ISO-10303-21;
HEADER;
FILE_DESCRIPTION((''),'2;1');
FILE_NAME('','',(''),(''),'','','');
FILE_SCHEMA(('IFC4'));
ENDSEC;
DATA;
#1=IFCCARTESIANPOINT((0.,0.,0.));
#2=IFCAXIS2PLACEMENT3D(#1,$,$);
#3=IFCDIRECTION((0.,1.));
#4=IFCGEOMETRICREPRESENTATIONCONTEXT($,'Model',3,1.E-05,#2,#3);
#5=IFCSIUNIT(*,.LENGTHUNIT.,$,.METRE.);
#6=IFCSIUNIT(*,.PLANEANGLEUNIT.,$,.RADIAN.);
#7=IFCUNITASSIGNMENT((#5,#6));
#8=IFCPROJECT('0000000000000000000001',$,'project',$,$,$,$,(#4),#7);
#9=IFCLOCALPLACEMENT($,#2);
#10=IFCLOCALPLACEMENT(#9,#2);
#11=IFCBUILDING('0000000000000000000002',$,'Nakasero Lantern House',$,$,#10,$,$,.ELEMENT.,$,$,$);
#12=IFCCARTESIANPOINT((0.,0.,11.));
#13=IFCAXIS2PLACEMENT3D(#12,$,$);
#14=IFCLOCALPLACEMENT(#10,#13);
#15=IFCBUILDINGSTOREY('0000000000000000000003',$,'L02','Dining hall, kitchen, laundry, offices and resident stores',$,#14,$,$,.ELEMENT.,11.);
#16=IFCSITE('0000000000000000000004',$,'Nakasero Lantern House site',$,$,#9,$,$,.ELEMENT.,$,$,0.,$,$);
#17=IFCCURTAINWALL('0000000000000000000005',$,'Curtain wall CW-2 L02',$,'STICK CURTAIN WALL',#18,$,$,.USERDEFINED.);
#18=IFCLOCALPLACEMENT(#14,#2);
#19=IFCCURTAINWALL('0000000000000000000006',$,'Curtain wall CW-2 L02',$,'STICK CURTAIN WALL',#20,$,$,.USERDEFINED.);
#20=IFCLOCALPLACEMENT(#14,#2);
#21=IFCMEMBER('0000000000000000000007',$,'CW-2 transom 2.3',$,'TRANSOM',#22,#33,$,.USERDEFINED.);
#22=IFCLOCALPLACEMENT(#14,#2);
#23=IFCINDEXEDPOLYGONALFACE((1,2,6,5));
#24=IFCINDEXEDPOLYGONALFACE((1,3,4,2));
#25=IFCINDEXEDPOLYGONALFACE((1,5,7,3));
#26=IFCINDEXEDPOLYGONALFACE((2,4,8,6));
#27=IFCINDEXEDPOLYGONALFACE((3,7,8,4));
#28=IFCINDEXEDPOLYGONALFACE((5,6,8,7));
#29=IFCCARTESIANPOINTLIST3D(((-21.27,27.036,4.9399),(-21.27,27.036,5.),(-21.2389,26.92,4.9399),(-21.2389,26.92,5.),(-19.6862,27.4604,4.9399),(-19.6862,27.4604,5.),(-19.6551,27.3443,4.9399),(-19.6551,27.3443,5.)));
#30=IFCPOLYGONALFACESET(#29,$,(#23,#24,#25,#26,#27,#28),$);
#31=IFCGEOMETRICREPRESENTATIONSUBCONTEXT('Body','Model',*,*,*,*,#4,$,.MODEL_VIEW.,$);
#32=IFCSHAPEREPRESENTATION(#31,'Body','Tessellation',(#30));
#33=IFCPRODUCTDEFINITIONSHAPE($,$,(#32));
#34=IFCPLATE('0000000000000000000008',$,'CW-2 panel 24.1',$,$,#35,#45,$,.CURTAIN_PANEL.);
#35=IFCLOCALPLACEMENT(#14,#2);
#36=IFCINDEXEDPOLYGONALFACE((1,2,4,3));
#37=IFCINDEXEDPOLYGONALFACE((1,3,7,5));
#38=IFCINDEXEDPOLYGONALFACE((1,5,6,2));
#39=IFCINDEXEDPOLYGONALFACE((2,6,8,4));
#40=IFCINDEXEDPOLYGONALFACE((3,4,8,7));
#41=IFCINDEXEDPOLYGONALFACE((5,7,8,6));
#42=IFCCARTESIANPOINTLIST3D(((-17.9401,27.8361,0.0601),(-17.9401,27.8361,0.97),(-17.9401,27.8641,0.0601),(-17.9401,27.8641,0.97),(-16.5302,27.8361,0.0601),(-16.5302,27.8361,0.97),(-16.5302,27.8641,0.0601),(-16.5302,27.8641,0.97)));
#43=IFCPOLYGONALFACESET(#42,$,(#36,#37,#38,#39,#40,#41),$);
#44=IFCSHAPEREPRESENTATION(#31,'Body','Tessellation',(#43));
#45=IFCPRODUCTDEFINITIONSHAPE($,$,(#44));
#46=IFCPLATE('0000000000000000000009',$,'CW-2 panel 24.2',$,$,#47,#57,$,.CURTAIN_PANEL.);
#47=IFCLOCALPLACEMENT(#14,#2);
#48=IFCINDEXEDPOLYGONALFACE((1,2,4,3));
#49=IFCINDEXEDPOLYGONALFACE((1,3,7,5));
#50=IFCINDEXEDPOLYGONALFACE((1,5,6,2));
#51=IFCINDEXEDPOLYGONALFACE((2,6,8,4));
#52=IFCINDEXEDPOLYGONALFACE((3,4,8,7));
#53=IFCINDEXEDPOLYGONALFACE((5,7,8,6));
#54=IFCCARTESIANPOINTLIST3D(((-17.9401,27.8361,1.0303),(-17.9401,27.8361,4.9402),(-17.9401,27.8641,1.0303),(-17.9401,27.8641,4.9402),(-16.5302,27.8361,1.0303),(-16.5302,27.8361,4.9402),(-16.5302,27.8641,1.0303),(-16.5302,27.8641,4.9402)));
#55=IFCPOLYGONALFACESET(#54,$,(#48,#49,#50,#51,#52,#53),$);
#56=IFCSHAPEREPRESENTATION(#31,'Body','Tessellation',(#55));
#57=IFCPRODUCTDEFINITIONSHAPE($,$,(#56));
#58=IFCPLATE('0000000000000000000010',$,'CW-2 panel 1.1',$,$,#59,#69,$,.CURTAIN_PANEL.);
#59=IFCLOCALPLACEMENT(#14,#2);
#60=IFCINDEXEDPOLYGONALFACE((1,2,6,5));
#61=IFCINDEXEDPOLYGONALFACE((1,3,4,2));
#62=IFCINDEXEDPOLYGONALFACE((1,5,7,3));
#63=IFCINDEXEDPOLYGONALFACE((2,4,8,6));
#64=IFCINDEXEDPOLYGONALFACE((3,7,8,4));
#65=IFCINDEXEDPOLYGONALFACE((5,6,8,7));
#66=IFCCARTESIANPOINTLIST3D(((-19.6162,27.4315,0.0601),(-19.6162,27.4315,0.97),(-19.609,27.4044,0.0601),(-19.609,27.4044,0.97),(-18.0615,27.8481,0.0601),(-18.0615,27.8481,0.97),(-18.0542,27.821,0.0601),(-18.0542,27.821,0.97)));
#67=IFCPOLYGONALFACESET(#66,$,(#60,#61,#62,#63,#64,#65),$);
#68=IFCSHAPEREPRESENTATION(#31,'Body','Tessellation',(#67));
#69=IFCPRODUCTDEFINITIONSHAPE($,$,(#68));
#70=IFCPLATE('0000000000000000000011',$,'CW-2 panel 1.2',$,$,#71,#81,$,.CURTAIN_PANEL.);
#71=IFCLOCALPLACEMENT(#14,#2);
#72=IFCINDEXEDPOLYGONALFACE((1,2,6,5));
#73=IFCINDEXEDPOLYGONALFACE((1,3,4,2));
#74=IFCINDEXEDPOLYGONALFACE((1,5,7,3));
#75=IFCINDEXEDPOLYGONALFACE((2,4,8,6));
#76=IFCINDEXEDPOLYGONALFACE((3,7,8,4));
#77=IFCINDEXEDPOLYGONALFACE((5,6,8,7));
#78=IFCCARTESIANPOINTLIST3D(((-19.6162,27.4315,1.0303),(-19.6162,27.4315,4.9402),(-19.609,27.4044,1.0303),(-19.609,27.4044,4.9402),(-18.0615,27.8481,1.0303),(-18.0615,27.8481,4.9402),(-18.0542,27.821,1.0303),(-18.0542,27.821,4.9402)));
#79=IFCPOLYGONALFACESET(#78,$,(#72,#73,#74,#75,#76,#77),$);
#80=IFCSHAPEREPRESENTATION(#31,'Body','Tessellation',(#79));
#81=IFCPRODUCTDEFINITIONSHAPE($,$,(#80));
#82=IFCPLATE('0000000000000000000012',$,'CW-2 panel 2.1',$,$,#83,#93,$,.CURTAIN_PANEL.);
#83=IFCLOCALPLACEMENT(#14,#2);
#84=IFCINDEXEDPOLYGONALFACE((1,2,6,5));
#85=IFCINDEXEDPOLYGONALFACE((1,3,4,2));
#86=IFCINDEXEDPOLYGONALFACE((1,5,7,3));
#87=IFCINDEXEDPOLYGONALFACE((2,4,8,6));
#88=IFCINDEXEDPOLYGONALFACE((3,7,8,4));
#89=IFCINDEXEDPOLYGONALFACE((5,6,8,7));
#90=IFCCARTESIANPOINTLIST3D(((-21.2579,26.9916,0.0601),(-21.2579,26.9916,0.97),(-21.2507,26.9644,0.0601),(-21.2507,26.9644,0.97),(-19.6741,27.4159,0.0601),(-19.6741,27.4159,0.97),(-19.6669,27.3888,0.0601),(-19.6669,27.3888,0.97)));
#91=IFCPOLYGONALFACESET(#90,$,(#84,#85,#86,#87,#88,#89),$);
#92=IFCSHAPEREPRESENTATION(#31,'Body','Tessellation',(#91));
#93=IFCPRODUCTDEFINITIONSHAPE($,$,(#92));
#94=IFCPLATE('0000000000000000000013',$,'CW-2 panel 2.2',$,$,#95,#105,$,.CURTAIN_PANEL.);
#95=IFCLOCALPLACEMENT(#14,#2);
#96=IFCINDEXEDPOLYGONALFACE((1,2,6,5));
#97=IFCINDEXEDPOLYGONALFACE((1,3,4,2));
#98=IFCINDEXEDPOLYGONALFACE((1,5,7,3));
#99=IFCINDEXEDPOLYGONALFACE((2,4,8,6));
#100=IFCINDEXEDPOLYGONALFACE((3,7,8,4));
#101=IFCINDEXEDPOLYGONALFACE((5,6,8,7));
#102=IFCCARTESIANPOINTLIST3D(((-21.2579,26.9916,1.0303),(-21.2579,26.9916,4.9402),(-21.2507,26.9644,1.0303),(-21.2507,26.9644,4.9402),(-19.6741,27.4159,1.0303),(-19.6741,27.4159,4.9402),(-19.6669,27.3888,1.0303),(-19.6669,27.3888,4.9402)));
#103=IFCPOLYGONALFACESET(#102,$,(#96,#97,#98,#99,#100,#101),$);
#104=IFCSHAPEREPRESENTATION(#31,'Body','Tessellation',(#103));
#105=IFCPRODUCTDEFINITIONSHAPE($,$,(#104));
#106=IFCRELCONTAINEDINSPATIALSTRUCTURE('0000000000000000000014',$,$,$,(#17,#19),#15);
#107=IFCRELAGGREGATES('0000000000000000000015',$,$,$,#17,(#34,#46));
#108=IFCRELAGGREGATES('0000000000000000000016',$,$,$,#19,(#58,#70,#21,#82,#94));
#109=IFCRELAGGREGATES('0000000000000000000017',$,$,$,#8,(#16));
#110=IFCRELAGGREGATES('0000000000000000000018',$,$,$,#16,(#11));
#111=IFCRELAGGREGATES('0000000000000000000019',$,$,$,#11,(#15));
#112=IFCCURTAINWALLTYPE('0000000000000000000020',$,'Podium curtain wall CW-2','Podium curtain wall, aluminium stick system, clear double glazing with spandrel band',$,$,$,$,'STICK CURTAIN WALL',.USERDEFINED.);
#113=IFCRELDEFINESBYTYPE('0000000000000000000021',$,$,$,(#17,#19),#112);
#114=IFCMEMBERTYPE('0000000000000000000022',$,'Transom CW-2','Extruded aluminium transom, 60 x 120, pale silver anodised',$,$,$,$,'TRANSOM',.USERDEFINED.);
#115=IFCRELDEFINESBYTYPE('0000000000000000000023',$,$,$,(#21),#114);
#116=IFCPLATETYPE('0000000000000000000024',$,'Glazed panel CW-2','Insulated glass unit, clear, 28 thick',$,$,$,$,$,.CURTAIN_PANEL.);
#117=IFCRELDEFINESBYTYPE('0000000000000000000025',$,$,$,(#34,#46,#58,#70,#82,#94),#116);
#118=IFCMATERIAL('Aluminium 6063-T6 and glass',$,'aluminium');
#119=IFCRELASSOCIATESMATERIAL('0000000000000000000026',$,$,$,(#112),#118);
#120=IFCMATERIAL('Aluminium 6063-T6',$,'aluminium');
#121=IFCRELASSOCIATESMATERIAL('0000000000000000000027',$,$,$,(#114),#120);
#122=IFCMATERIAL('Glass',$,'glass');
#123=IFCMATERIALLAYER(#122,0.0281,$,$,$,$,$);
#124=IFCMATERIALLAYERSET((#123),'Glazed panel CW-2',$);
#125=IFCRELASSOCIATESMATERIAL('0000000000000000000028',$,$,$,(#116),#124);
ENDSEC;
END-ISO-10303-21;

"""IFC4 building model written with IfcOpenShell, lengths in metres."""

from ifc_helpers import new_model, si_unit, direction, frame, origin, origin_2d, place, context, subcontext, project, spatial, rectangle, extrude, material, layer, layer_set, material_profile, profile_set, type_object, element, aggregate, save


model = new_model("IFC4")

# Units and contexts
model_context = context("Model", 3, precision=1e-05, world=origin(), true_north=direction((0.0, 1.0)))
body_context = subcontext(model_context, "Body", "Model", "MODEL_VIEW")
ifc_project = project(units=[si_unit("LENGTHUNIT", "METRE"), si_unit("PLANEANGLEUNIT", "RADIAN")], contexts=[model_context])

# Site, building, storey
site_placement = place(None, origin())
site = spatial("IfcSite", under=ifc_project, at=site_placement, Name="Nakasero Lantern House site", CompositionType="ELEMENT", RefElevation=0.0)
building_placement = place(site_placement, origin())
building = spatial("IfcBuilding", under=site, at=building_placement, Name="Nakasero Lantern House", CompositionType="ELEMENT")
storey_placement = place(building_placement, frame((0.0, 0.0, 11.0)))
storey = spatial("IfcBuildingStorey", under=building, at=storey_placement, Name="L02", Description="Dining hall, kitchen, laundry, offices and resident stores", CompositionType="ELEMENT", Elevation=11.0)

# Curtain wall
ifc_material_1 = material(Name="Aluminium 6063-T6 and glass", Category="aluminium")
curtain_wall_type = type_object("IfcCurtainWallType", Name="Podium curtain wall CW-2", Description="Podium curtain wall, aluminium stick system, clear double glazing with spandrel band", ElementType="STICK CURTAIN WALL", PredefinedType="USERDEFINED", material=ifc_material_1)
curtain_wall_1_placement = place(storey_placement, origin())
curtain_wall_1 = element("IfcCurtainWall", 1, at=curtain_wall_1_placement, inside=storey, type_object=curtain_wall_type, Name="Curtain wall CW-2 L02", ObjectType="STICK CURTAIN WALL", PredefinedType="USERDEFINED")

# Curtain wall
curtain_wall_2_placement = place(storey_placement, origin())
curtain_wall_2 = element("IfcCurtainWall", 2, at=curtain_wall_2_placement, inside=storey, type_object=curtain_wall_type, Name="Curtain wall CW-2 L02", ObjectType="STICK CURTAIN WALL", PredefinedType="USERDEFINED")

# Member
ifc_material_2 = material(Name="Aluminium 6063-T6", Category="aluminium")
ifc_material_profile_1 = material_profile(ifc_material_2, rectangle(XDim=0.0601, YDim=0.1201, at=origin_2d()), Name="CW-2 transom 60x120")
ifc_profile_set_1 = profile_set([ifc_material_profile_1], Name="Aluminium 6063-T6")
member_type_1 = type_object("IfcMemberType", Name="Transom CW-2", Description="Extruded aluminium transom, 60 x 120, pale silver anodised", ElementType="TRANSOM", PredefinedType="USERDEFINED", material=ifc_profile_set_1)
member_1_placement = place(storey_placement, frame((-19.6707, 27.4023, 4.97), z_axis=(-0.965933, -0.258793, 0.0), x_axis=(0.0, 0.0, 1.0)))
member_1 = element("IfcMember", 3, at=member_1_placement, type_object=member_type_1, Name="CW-2 transom 2.3", ObjectType="TRANSOM", PredefinedType="USERDEFINED", context=body_context, shape_type="SweptSolid", body=[
    extrude(rectangle(XDim=0.0601, YDim=0.1201, at=origin_2d()), origin(), (0.0, 0.0, 1.0), 1.6396),
])

# Plates
ifc_material_3 = material(Name="Glass", Category="glass")
ifc_layer = layer(ifc_material_3, 0.0281)
ifc_layer_set = layer_set([ifc_layer], Name="Glazed panel CW-2")
plate_type = type_object("IfcPlateType", Name="Glazed panel CW-2", Description="Insulated glass unit, clear, 28 thick", PredefinedType="CURTAIN_PANEL", material=ifc_layer_set)
plate_1_placement = place(storey_placement, frame((-17.2351, 27.8501, 0.0601), z_axis=(0.0, 0.0, 1.0), x_axis=(-1.0, 0.0, 0.0)))
plate_1 = element("IfcPlate", 4, at=plate_1_placement, type_object=plate_type, Name="CW-2 panel 24.1", PredefinedType="CURTAIN_PANEL", context=body_context, shape_type="SweptSolid", body=[
    extrude(rectangle(XDim=1.4099, YDim=0.0281, at=origin_2d()), origin(), (0.0, 0.0, 1.0), 0.9099),
])
plate_2_placement = place(storey_placement, frame((-17.2351, 27.8501, 1.0303), z_axis=(0.0, 0.0, 1.0), x_axis=(-1.0, 0.0, 0.0)))
plate_2 = element("IfcPlate", 5, at=plate_2_placement, type_object=plate_type, Name="CW-2 panel 24.2", PredefinedType="CURTAIN_PANEL", context=body_context, shape_type="SweptSolid", body=[
    extrude(rectangle(XDim=1.4099, YDim=0.0281, at=origin_2d()), origin(), (0.0, 0.0, 1.0), 3.9099),
])
aggregate(curtain_wall_1, [plate_1, plate_2])
plate_3_placement = place(storey_placement, frame((-18.8352, 27.6262, 0.0601), z_axis=(0.0, 0.0, 1.0), x_axis=(-0.965926, -0.258819, 0.0)))
plate_3 = element("IfcPlate", 6, at=plate_3_placement, type_object=plate_type, Name="CW-2 panel 1.1", PredefinedType="CURTAIN_PANEL", context=body_context, shape_type="SweptSolid", body=[
    extrude(rectangle(XDim=1.6096, YDim=0.0281, at=origin_2d()), origin(), (0.0, 0.0, 1.0), 0.9099),
])
plate_4_placement = place(storey_placement, frame((-18.8352, 27.6262, 1.0303), z_axis=(0.0, 0.0, 1.0), x_axis=(-0.965926, -0.258819, 0.0)))
plate_4 = element("IfcPlate", 7, at=plate_4_placement, type_object=plate_type, Name="CW-2 panel 1.2", PredefinedType="CURTAIN_PANEL", context=body_context, shape_type="SweptSolid", body=[
    extrude(rectangle(XDim=1.6096, YDim=0.0281, at=origin_2d()), origin(), (0.0, 0.0, 1.0), 3.9099),
])
plate_5_placement = place(storey_placement, frame((-20.4624, 27.1902, 0.0601), z_axis=(0.0, 0.0, 1.0), x_axis=(-0.965926, -0.258819, 0.0)))
plate_5 = element("IfcPlate", 8, at=plate_5_placement, type_object=plate_type, Name="CW-2 panel 2.1", PredefinedType="CURTAIN_PANEL", context=body_context, shape_type="SweptSolid", body=[
    extrude(rectangle(XDim=1.6396, YDim=0.0281, at=origin_2d()), origin(), (0.0, 0.0, 1.0), 0.9099),
])
plate_6_placement = place(storey_placement, frame((-20.4624, 27.1902, 1.0303), z_axis=(0.0, 0.0, 1.0), x_axis=(-0.965926, -0.258819, 0.0)))
plate_6 = element("IfcPlate", 9, at=plate_6_placement, type_object=plate_type, Name="CW-2 panel 2.2", PredefinedType="CURTAIN_PANEL", context=body_context, shape_type="SweptSolid", body=[
    extrude(rectangle(XDim=1.6396, YDim=0.0281, at=origin_2d()), origin(), (0.0, 0.0, 1.0), 3.9099),
])
aggregate(curtain_wall_2, [plate_3, plate_4, member_1, plate_5, plate_6])

save(model, "model.ifc")
